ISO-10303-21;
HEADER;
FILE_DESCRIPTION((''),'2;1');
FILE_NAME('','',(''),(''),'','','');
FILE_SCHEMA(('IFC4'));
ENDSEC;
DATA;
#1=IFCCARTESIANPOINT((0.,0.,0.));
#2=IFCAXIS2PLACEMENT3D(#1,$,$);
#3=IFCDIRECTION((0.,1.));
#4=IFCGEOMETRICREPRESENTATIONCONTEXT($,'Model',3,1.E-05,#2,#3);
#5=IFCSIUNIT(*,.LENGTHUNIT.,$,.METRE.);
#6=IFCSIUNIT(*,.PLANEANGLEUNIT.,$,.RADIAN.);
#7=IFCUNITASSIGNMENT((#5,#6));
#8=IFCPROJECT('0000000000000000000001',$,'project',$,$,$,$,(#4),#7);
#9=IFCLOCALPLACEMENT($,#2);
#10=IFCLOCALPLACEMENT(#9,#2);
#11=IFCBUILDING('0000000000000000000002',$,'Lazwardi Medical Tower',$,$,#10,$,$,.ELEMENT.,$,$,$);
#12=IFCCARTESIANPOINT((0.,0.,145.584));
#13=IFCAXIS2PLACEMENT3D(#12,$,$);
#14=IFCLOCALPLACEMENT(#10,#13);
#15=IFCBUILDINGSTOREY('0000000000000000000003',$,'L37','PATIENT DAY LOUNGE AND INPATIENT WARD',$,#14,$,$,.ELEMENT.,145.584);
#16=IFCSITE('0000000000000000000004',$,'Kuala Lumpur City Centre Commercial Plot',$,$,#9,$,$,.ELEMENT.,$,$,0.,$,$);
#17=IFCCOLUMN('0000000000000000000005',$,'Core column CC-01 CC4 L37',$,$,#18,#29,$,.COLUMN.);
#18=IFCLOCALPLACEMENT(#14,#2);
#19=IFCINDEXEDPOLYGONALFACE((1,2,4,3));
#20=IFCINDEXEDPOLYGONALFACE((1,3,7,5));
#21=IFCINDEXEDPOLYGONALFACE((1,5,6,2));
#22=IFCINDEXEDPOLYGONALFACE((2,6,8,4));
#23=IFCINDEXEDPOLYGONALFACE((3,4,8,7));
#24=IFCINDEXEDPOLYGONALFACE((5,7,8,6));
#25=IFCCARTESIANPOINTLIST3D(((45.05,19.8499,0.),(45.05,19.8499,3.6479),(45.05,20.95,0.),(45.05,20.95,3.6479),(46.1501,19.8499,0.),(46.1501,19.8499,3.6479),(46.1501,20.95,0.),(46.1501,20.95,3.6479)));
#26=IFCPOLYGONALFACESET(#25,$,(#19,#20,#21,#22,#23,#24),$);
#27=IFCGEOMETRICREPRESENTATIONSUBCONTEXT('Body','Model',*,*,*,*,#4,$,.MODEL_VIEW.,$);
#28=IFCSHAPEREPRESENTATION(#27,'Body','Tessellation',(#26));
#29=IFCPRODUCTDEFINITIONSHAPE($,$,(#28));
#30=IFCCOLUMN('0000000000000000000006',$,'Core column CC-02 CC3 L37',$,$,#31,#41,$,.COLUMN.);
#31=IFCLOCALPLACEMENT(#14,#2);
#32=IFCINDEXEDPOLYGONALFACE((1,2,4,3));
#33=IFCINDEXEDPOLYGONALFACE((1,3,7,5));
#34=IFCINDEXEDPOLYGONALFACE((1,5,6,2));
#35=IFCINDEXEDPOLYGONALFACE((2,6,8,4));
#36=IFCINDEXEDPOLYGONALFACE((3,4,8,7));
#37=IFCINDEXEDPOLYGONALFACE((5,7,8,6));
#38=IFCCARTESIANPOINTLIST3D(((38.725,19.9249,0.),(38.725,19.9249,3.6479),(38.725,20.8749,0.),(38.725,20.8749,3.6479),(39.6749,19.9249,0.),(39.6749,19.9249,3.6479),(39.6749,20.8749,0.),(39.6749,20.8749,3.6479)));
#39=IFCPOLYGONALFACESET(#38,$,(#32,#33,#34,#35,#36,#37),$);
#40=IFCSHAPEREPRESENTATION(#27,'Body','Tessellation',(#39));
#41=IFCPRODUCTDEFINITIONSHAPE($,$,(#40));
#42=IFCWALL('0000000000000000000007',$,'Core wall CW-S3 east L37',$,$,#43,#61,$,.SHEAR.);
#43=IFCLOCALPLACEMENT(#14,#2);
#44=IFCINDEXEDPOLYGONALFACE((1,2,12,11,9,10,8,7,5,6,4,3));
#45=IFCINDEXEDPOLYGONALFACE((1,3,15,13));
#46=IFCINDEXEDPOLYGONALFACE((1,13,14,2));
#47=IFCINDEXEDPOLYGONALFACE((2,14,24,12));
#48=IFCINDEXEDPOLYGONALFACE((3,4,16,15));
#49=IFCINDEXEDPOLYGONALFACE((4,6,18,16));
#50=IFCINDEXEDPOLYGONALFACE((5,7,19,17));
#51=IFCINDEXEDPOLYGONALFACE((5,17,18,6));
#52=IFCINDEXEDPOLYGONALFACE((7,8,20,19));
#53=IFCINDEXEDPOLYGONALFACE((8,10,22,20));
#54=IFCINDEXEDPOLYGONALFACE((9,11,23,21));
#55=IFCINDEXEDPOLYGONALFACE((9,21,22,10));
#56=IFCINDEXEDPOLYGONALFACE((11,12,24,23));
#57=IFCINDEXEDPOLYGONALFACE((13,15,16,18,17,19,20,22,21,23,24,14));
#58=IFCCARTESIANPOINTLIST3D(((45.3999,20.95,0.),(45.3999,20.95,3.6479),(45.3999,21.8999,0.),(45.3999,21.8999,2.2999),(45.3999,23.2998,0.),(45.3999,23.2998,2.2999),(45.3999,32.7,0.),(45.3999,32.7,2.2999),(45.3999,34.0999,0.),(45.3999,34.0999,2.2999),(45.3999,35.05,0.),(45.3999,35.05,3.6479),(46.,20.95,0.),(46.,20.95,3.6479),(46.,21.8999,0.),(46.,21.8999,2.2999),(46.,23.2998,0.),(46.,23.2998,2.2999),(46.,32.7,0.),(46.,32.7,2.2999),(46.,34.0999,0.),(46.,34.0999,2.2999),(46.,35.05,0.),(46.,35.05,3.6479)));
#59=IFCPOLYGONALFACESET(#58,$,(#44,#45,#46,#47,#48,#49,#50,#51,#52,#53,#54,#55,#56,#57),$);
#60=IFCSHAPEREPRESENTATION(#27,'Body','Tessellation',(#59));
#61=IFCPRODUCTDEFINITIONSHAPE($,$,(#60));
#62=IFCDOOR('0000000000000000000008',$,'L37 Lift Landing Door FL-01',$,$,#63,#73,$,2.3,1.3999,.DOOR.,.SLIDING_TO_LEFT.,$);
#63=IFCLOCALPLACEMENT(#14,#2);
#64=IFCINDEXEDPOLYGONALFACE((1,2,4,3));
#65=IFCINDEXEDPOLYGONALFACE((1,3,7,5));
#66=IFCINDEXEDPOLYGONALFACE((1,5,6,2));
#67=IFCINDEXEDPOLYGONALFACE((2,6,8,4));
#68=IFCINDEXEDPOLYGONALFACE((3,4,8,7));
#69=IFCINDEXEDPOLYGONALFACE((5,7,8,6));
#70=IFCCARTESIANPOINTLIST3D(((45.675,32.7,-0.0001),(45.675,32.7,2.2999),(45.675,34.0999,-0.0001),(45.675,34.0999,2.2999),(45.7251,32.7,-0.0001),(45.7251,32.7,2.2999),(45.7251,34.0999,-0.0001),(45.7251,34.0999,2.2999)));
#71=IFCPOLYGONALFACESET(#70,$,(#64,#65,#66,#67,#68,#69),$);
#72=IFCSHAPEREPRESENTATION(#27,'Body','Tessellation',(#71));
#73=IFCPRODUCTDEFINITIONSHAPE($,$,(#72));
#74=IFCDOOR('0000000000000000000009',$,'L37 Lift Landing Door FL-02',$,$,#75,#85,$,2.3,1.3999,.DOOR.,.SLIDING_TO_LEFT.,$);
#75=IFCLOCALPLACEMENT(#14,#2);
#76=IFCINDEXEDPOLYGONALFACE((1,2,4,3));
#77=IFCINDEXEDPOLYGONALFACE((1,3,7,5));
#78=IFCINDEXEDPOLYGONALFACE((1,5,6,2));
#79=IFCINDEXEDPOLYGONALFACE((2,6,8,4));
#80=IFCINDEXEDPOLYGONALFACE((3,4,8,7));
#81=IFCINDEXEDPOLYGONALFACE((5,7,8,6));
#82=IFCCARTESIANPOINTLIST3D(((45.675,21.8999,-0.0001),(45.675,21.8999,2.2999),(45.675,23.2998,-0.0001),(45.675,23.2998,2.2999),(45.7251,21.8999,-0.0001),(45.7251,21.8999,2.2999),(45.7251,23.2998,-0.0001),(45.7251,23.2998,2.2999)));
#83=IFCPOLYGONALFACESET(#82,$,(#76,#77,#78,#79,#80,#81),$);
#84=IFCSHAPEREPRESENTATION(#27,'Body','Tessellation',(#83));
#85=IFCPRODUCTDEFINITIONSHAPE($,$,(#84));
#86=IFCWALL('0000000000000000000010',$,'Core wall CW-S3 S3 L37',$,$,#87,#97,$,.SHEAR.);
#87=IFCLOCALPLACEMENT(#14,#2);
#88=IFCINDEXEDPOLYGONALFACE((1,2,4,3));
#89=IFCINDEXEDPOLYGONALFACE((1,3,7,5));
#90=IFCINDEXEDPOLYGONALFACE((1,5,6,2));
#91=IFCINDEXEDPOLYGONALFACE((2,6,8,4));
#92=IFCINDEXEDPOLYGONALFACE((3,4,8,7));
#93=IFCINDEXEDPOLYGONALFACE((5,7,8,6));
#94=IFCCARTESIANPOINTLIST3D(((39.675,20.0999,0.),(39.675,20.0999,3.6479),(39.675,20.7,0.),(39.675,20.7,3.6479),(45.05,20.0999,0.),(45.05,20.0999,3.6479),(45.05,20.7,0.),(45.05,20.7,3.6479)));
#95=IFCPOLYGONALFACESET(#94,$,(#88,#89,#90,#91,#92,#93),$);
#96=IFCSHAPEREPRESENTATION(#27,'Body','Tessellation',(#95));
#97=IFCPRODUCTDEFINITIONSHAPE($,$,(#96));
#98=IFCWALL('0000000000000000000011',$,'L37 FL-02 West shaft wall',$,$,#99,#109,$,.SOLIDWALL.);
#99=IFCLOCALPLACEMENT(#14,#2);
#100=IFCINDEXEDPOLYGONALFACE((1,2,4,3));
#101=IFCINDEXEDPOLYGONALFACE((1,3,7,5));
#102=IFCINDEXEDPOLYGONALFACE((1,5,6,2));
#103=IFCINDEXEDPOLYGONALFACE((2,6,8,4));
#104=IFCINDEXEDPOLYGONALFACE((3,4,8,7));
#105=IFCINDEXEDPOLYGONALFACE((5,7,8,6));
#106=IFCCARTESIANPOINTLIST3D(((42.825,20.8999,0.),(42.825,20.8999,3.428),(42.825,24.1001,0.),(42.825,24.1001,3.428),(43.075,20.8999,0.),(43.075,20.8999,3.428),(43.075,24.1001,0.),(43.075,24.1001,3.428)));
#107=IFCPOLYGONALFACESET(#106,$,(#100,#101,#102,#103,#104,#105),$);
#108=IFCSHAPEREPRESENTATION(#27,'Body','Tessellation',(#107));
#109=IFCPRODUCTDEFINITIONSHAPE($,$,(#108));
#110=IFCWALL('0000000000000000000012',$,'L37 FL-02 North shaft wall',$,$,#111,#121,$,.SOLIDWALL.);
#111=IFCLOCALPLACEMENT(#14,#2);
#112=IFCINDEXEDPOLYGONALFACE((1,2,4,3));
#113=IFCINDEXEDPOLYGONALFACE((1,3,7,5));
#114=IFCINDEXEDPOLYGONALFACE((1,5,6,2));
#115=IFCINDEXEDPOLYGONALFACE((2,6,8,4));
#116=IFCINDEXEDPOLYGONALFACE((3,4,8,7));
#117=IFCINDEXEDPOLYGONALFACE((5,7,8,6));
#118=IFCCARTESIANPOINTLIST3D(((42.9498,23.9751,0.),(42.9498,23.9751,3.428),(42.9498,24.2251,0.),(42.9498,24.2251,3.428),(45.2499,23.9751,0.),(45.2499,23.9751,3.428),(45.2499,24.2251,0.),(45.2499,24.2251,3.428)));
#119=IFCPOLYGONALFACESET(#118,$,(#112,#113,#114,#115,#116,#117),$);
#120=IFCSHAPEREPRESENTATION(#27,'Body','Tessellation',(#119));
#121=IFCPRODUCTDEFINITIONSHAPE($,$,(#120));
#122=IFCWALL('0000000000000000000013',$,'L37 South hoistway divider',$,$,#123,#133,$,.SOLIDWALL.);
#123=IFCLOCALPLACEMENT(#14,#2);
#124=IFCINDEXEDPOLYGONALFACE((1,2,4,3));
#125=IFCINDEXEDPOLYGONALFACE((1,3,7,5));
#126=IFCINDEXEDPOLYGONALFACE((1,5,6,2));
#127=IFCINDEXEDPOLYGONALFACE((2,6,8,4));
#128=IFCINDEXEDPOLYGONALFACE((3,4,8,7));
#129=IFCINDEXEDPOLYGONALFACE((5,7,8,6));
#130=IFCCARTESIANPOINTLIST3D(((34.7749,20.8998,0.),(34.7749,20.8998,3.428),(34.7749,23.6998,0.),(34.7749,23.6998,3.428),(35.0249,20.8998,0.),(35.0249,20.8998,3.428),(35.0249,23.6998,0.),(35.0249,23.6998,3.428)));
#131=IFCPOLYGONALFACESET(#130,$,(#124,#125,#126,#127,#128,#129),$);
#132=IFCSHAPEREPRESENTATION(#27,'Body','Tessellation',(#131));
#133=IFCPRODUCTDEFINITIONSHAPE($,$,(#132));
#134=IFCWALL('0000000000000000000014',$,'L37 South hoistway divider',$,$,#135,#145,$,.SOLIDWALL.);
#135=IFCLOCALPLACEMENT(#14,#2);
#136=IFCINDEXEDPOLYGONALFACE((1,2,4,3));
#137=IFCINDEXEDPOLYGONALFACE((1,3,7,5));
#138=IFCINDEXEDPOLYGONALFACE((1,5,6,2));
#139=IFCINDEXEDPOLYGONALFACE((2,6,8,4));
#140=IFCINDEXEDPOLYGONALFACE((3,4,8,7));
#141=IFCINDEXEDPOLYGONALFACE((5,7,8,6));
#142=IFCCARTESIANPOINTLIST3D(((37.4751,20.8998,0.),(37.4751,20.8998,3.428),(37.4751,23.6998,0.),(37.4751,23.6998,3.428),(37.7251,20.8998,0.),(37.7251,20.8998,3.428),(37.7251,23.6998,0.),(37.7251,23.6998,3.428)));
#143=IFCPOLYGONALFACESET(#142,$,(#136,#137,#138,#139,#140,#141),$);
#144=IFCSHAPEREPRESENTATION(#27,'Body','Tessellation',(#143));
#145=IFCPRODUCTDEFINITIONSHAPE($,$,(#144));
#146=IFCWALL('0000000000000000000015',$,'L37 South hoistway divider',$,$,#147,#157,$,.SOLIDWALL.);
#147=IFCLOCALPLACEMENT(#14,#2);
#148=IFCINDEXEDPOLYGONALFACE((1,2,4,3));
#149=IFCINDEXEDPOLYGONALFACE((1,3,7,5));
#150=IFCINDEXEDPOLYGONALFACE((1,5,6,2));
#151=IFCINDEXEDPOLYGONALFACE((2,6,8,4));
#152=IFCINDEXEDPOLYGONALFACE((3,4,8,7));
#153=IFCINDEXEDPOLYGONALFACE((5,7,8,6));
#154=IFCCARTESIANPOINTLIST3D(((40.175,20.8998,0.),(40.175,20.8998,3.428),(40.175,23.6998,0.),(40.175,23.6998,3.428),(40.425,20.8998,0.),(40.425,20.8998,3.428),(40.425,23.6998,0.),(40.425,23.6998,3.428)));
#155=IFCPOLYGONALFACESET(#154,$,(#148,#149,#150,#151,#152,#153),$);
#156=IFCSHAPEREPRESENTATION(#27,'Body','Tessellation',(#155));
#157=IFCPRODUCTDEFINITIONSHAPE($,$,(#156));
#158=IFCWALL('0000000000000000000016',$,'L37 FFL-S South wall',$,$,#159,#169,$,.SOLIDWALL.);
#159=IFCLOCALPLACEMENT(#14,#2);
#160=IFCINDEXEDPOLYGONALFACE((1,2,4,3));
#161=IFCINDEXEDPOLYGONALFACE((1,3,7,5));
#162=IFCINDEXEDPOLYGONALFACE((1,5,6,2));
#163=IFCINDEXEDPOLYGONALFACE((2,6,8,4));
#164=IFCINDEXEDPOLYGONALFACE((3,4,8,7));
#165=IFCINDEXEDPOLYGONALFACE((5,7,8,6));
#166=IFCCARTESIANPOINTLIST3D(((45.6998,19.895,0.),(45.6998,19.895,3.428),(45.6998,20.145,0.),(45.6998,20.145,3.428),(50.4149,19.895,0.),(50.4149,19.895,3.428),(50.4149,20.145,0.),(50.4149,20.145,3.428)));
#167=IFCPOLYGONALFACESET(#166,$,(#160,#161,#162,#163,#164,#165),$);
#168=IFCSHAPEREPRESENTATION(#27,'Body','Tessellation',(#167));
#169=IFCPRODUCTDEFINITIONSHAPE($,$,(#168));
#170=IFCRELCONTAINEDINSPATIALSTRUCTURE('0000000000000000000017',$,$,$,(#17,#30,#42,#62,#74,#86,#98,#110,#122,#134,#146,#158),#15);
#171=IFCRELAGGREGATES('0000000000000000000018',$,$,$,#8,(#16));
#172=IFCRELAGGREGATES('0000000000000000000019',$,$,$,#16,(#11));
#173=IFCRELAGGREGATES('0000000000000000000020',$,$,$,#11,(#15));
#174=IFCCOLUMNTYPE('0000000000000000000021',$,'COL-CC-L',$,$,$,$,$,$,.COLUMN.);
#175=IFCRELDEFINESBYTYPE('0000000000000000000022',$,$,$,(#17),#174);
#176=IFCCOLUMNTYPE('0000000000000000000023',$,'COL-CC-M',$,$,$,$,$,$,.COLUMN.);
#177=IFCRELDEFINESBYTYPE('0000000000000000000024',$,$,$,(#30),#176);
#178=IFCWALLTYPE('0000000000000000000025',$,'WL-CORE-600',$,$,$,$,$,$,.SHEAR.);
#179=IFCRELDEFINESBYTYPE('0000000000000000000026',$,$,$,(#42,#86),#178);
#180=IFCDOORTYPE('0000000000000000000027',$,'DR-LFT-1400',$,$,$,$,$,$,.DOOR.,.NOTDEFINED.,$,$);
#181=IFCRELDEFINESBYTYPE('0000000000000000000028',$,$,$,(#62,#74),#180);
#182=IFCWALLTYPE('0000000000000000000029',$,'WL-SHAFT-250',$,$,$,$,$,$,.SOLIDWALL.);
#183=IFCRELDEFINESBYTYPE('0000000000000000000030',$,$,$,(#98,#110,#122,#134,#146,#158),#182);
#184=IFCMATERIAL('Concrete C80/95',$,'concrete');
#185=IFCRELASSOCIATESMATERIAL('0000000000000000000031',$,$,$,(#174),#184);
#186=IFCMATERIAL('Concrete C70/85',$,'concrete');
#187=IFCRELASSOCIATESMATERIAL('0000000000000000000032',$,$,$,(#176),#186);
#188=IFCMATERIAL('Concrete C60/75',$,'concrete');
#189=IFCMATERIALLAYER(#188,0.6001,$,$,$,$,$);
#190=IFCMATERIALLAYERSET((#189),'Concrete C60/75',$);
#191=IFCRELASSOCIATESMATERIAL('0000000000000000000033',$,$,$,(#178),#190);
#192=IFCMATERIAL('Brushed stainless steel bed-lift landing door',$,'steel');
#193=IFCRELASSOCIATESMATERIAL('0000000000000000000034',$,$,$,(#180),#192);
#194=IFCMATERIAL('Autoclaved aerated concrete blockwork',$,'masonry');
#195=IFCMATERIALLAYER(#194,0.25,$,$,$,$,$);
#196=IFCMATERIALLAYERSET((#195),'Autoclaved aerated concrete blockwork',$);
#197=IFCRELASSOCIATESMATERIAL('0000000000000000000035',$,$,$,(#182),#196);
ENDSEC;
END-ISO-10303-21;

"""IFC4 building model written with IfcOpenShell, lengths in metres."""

from ifc_helpers import new_model, si_unit, direction, frame, frame_2d, origin, origin_2d, place, context, subcontext, project, spatial, rectangle, extrude, material, layer, layer_set, material_profile, profile_set, type_object, element, fill, save


model = new_model("IFC4")

# Units and contexts
model_context = context("Model", 3, precision=1e-05, world=origin(), true_north=direction((0.0, 1.0)))
body_context = subcontext(model_context, "Body", "Model", "MODEL_VIEW")
ifc_project = project(units=[si_unit("LENGTHUNIT", "METRE"), si_unit("PLANEANGLEUNIT", "RADIAN")], contexts=[model_context])

# Site, building, storey
site_placement = place(None, origin())
site = spatial("IfcSite", under=ifc_project, at=site_placement, Name="Kuala Lumpur City Centre Commercial Plot", CompositionType="ELEMENT", RefElevation=0.0)
building_placement = place(site_placement, origin())
building = spatial("IfcBuilding", under=site, at=building_placement, Name="Lazwardi Medical Tower", CompositionType="ELEMENT")
storey_placement = place(building_placement, frame((0.0, 0.0, 145.584)))
storey = spatial("IfcBuildingStorey", under=building, at=storey_placement, Name="L37", Description="PATIENT DAY LOUNGE AND INPATIENT WARD", CompositionType="ELEMENT", Elevation=145.584)

# Columns
ifc_material_1 = material(Name="Concrete C80/95", Category="concrete")
ifc_material_profile_1 = material_profile(ifc_material_1, rectangle(XDim=1.1001, YDim=1.1001, at=origin_2d()), Name="RC 1100x1100")
ifc_profile_set_1 = profile_set([ifc_material_profile_1], Name="Concrete C80/95")
column_type_1 = type_object("IfcColumnType", Name="COL-CC-L", PredefinedType="COLUMN", material=ifc_profile_set_1)
column_1_placement = place(storey_placement, frame((45.6001, 20.3999, 0.0), z_axis=(0.0, 0.0, 1.0), x_axis=(1.0, 0.0, 0.0)))
element("IfcColumn", 1, at=column_1_placement, inside=storey, type_object=column_type_1, Name="Core column CC-01 CC4 L37", PredefinedType="COLUMN", context=body_context, shape_type="SweptSolid", body=[
    extrude(rectangle(XDim=1.1001, YDim=1.1001, at=origin_2d()), origin(), (0.0, 0.0, 1.0), 3.6479),
])
ifc_material_2 = material(Name="Concrete C70/85", Category="concrete")
ifc_material_profile_2 = material_profile(ifc_material_2, rectangle(XDim=0.95, YDim=0.95, at=origin_2d()), Name="RC 950x950")
ifc_profile_set_2 = profile_set([ifc_material_profile_2], Name="Concrete C70/85")
column_type_2 = type_object("IfcColumnType", Name="COL-CC-M", PredefinedType="COLUMN", material=ifc_profile_set_2)
column_2_placement = place(storey_placement, frame((39.2, 20.3999, 0.0), z_axis=(0.0, 0.0, 1.0), x_axis=(1.0, 0.0, 0.0)))
element("IfcColumn", 2, at=column_2_placement, inside=storey, type_object=column_type_2, Name="Core column CC-02 CC3 L37", PredefinedType="COLUMN", context=body_context, shape_type="SweptSolid", body=[
    extrude(rectangle(XDim=0.95, YDim=0.95, at=origin_2d()), origin(), (0.0, 0.0, 1.0), 3.6479),
])

# Wall, openings, doors
ifc_material_3 = material(Name="Concrete C60/75", Category="concrete")
ifc_layer_1 = layer(ifc_material_3, 0.6001)
ifc_layer_set_1 = layer_set([ifc_layer_1], Name="Concrete C60/75")
wall_type_1 = type_object("IfcWallType", Name="WL-CORE-600", PredefinedType="SHEAR", material=ifc_layer_set_1)
wall_1_placement = place(storey_placement, frame((45.7, 20.95, 0.0), z_axis=(0.0, 0.0, 1.0), x_axis=(0.0, 1.0, 0.0)))
wall_1 = element("IfcWall", 3, at=wall_1_placement, inside=storey, type_object=wall_type_1, Name="Core wall CW-S3 east L37", PredefinedType="SHEAR", context=body_context, shape_type="SweptSolid", body=[
    extrude(rectangle(XDim=14.1001, YDim=0.6001, at=frame_2d((7.05, 0.0))), origin(), (0.0, 0.0, 1.0), 3.6479),
])
opening_1_placement = place(wall_1_placement, frame((11.75, 0.0, 0.0)))
opening_1 = element("IfcOpeningElement", 4, at=opening_1_placement, cuts=wall_1, PredefinedType="OPENING", context=body_context, shape_type="SweptSolid", body=[
    extrude(rectangle(XDim=1.3999, YDim=2.3, at=frame_2d((0.7, 1.1499))), frame((0.0, 0.3101, 0.0), z_axis=(0.0, -1.0, 0.0), x_axis=(1.0, 0.0, 0.0)), (0.0, 0.0, 1.0), 0.6201),
])
opening_2_placement = place(wall_1_placement, frame((0.95, 0.0, 0.0)))
opening_2 = element("IfcOpeningElement", 5, at=opening_2_placement, cuts=wall_1, PredefinedType="OPENING", context=body_context, shape_type="SweptSolid", body=[
    extrude(rectangle(XDim=1.3999, YDim=2.3, at=frame_2d((0.7, 1.1499))), frame((0.0, 0.3101, 0.0), z_axis=(0.0, -1.0, 0.0), x_axis=(1.0, 0.0, 0.0)), (0.0, 0.0, 1.0), 0.6201),
])
ifc_material_4 = material(Name="Brushed stainless steel bed-lift landing door", Category="steel")
door_type_1 = type_object("IfcDoorType", Name="DR-LFT-1400", OperationType="NOTDEFINED", PredefinedType="DOOR", material=ifc_material_4)
door_1_placement = place(opening_1_placement, origin())
door_1 = element("IfcDoor", 6, at=door_1_placement, inside=storey, type_object=door_type_1, Name="L37 Lift Landing Door FL-01", OperationType="SLIDING_TO_LEFT", OverallHeight=2.3, OverallWidth=1.3999, PredefinedType="DOOR", context=body_context, shape_type="SweptSolid", body=[
    extrude(rectangle(XDim=1.3999, YDim=2.3, at=frame_2d((0.7, 1.1499))), frame((0.0, 0.0249, 0.0), z_axis=(0.0, -1.0, 0.0), x_axis=(1.0, 0.0, 0.0)), (0.0, 0.0, 1.0), 0.05),
])
fill(opening_1, door_1)
door_2_placement = place(opening_2_placement, origin())
door_2 = element("IfcDoor", 7, at=door_2_placement, inside=storey, type_object=door_type_1, Name="L37 Lift Landing Door FL-02", OperationType="SLIDING_TO_LEFT", OverallHeight=2.3, OverallWidth=1.3999, PredefinedType="DOOR", context=body_context, shape_type="SweptSolid", body=[
    extrude(rectangle(XDim=1.3999, YDim=2.3, at=frame_2d((0.7, 1.1499))), frame((0.0, 0.0249, 0.0), z_axis=(0.0, -1.0, 0.0), x_axis=(1.0, 0.0, 0.0)), (0.0, 0.0, 1.0), 0.05),
])
fill(opening_2, door_2)

# Walls
wall_2_placement = place(storey_placement, frame((39.675, 20.3999, 0.0), z_axis=(0.0, 0.0, 1.0), x_axis=(1.0, 0.0, 0.0)))
element("IfcWall", 8, at=wall_2_placement, inside=storey, type_object=wall_type_1, Name="Core wall CW-S3 S3 L37", PredefinedType="SHEAR", context=body_context, shape_type="SweptSolid", body=[
    extrude(rectangle(XDim=5.375, YDim=0.6001, at=frame_2d((2.6875, 0.0))), origin(), (0.0, 0.0, 1.0), 3.6479),
])
ifc_material_5 = material(Name="Autoclaved aerated concrete blockwork", Category="masonry")
ifc_layer_2 = layer(ifc_material_5, 0.25)
ifc_layer_set_2 = layer_set([ifc_layer_2], Name="Autoclaved aerated concrete blockwork")
wall_type_2 = type_object("IfcWallType", Name="WL-SHAFT-250", PredefinedType="SOLIDWALL", material=ifc_layer_set_2)
wall_3_placement = place(storey_placement, frame((42.95, 20.8999, 0.0), z_axis=(0.0, 0.0, 1.0), x_axis=(0.0, 1.0, 0.0)))
element("IfcWall", 9, at=wall_3_placement, inside=storey, type_object=wall_type_2, Name="L37 FL-02 West shaft wall", PredefinedType="SOLIDWALL", context=body_context, shape_type="SweptSolid", body=[
    extrude(rectangle(XDim=3.2002, YDim=0.25, at=frame_2d((1.6001, 0.0))), origin(), (0.0, 0.0, 1.0), 3.428),
])
wall_4_placement = place(storey_placement, frame((42.95, 24.1001, 0.0), z_axis=(0.0, 0.0, 1.0), x_axis=(1.0, 0.0, 0.0)))
element("IfcWall", 10, at=wall_4_placement, inside=storey, type_object=wall_type_2, Name="L37 FL-02 North shaft wall", PredefinedType="SOLIDWALL", context=body_context, shape_type="SweptSolid", body=[
    extrude(rectangle(XDim=2.3, YDim=0.25, at=frame_2d((1.1499, 0.0))), origin(), (0.0, 0.0, 1.0), 3.428),
])
for number, where, z_axis, x_axis, name in (
    (11, (34.8999, 20.8999, 0.0), (0.0, 0.0, 1.0), (0.0, 1.0, 0.0), "L37 South hoistway divider"),
    (12, (37.6001, 20.8999, 0.0), (0.0, 0.0, 1.0), (0.0, 1.0, 0.0), "L37 South hoistway divider"),
    (13, (40.3, 20.8999, 0.0), (0.0, 0.0, 1.0), (0.0, 1.0, 0.0), "L37 South hoistway divider"),
):
    element("IfcWall", number, at=place(storey_placement, frame(where, z_axis=z_axis, x_axis=x_axis)), inside=storey, type_object=wall_type_2, Name=name, PredefinedType="SOLIDWALL", context=body_context, shape_type="SweptSolid", body=[
        extrude(rectangle(XDim=2.8, YDim=0.25, at=frame_2d((1.3999, 0.0))), origin(), (0.0, 0.0, 1.0), 3.428),
    ])
wall_5_placement = place(storey_placement, frame((45.7, 20.02, 0.0), z_axis=(0.0, 0.0, 1.0), x_axis=(1.0, 0.0, 0.0)))
element("IfcWall", 14, at=wall_5_placement, inside=storey, type_object=wall_type_2, Name="L37 FFL-S South wall", PredefinedType="SOLIDWALL", context=body_context, shape_type="SweptSolid", body=[
    extrude(rectangle(XDim=4.7151, YDim=0.25, at=frame_2d((2.3574, 0.0))), origin(), (0.0, 0.0, 1.0), 3.428),
])

save(model, "model.ifc")
